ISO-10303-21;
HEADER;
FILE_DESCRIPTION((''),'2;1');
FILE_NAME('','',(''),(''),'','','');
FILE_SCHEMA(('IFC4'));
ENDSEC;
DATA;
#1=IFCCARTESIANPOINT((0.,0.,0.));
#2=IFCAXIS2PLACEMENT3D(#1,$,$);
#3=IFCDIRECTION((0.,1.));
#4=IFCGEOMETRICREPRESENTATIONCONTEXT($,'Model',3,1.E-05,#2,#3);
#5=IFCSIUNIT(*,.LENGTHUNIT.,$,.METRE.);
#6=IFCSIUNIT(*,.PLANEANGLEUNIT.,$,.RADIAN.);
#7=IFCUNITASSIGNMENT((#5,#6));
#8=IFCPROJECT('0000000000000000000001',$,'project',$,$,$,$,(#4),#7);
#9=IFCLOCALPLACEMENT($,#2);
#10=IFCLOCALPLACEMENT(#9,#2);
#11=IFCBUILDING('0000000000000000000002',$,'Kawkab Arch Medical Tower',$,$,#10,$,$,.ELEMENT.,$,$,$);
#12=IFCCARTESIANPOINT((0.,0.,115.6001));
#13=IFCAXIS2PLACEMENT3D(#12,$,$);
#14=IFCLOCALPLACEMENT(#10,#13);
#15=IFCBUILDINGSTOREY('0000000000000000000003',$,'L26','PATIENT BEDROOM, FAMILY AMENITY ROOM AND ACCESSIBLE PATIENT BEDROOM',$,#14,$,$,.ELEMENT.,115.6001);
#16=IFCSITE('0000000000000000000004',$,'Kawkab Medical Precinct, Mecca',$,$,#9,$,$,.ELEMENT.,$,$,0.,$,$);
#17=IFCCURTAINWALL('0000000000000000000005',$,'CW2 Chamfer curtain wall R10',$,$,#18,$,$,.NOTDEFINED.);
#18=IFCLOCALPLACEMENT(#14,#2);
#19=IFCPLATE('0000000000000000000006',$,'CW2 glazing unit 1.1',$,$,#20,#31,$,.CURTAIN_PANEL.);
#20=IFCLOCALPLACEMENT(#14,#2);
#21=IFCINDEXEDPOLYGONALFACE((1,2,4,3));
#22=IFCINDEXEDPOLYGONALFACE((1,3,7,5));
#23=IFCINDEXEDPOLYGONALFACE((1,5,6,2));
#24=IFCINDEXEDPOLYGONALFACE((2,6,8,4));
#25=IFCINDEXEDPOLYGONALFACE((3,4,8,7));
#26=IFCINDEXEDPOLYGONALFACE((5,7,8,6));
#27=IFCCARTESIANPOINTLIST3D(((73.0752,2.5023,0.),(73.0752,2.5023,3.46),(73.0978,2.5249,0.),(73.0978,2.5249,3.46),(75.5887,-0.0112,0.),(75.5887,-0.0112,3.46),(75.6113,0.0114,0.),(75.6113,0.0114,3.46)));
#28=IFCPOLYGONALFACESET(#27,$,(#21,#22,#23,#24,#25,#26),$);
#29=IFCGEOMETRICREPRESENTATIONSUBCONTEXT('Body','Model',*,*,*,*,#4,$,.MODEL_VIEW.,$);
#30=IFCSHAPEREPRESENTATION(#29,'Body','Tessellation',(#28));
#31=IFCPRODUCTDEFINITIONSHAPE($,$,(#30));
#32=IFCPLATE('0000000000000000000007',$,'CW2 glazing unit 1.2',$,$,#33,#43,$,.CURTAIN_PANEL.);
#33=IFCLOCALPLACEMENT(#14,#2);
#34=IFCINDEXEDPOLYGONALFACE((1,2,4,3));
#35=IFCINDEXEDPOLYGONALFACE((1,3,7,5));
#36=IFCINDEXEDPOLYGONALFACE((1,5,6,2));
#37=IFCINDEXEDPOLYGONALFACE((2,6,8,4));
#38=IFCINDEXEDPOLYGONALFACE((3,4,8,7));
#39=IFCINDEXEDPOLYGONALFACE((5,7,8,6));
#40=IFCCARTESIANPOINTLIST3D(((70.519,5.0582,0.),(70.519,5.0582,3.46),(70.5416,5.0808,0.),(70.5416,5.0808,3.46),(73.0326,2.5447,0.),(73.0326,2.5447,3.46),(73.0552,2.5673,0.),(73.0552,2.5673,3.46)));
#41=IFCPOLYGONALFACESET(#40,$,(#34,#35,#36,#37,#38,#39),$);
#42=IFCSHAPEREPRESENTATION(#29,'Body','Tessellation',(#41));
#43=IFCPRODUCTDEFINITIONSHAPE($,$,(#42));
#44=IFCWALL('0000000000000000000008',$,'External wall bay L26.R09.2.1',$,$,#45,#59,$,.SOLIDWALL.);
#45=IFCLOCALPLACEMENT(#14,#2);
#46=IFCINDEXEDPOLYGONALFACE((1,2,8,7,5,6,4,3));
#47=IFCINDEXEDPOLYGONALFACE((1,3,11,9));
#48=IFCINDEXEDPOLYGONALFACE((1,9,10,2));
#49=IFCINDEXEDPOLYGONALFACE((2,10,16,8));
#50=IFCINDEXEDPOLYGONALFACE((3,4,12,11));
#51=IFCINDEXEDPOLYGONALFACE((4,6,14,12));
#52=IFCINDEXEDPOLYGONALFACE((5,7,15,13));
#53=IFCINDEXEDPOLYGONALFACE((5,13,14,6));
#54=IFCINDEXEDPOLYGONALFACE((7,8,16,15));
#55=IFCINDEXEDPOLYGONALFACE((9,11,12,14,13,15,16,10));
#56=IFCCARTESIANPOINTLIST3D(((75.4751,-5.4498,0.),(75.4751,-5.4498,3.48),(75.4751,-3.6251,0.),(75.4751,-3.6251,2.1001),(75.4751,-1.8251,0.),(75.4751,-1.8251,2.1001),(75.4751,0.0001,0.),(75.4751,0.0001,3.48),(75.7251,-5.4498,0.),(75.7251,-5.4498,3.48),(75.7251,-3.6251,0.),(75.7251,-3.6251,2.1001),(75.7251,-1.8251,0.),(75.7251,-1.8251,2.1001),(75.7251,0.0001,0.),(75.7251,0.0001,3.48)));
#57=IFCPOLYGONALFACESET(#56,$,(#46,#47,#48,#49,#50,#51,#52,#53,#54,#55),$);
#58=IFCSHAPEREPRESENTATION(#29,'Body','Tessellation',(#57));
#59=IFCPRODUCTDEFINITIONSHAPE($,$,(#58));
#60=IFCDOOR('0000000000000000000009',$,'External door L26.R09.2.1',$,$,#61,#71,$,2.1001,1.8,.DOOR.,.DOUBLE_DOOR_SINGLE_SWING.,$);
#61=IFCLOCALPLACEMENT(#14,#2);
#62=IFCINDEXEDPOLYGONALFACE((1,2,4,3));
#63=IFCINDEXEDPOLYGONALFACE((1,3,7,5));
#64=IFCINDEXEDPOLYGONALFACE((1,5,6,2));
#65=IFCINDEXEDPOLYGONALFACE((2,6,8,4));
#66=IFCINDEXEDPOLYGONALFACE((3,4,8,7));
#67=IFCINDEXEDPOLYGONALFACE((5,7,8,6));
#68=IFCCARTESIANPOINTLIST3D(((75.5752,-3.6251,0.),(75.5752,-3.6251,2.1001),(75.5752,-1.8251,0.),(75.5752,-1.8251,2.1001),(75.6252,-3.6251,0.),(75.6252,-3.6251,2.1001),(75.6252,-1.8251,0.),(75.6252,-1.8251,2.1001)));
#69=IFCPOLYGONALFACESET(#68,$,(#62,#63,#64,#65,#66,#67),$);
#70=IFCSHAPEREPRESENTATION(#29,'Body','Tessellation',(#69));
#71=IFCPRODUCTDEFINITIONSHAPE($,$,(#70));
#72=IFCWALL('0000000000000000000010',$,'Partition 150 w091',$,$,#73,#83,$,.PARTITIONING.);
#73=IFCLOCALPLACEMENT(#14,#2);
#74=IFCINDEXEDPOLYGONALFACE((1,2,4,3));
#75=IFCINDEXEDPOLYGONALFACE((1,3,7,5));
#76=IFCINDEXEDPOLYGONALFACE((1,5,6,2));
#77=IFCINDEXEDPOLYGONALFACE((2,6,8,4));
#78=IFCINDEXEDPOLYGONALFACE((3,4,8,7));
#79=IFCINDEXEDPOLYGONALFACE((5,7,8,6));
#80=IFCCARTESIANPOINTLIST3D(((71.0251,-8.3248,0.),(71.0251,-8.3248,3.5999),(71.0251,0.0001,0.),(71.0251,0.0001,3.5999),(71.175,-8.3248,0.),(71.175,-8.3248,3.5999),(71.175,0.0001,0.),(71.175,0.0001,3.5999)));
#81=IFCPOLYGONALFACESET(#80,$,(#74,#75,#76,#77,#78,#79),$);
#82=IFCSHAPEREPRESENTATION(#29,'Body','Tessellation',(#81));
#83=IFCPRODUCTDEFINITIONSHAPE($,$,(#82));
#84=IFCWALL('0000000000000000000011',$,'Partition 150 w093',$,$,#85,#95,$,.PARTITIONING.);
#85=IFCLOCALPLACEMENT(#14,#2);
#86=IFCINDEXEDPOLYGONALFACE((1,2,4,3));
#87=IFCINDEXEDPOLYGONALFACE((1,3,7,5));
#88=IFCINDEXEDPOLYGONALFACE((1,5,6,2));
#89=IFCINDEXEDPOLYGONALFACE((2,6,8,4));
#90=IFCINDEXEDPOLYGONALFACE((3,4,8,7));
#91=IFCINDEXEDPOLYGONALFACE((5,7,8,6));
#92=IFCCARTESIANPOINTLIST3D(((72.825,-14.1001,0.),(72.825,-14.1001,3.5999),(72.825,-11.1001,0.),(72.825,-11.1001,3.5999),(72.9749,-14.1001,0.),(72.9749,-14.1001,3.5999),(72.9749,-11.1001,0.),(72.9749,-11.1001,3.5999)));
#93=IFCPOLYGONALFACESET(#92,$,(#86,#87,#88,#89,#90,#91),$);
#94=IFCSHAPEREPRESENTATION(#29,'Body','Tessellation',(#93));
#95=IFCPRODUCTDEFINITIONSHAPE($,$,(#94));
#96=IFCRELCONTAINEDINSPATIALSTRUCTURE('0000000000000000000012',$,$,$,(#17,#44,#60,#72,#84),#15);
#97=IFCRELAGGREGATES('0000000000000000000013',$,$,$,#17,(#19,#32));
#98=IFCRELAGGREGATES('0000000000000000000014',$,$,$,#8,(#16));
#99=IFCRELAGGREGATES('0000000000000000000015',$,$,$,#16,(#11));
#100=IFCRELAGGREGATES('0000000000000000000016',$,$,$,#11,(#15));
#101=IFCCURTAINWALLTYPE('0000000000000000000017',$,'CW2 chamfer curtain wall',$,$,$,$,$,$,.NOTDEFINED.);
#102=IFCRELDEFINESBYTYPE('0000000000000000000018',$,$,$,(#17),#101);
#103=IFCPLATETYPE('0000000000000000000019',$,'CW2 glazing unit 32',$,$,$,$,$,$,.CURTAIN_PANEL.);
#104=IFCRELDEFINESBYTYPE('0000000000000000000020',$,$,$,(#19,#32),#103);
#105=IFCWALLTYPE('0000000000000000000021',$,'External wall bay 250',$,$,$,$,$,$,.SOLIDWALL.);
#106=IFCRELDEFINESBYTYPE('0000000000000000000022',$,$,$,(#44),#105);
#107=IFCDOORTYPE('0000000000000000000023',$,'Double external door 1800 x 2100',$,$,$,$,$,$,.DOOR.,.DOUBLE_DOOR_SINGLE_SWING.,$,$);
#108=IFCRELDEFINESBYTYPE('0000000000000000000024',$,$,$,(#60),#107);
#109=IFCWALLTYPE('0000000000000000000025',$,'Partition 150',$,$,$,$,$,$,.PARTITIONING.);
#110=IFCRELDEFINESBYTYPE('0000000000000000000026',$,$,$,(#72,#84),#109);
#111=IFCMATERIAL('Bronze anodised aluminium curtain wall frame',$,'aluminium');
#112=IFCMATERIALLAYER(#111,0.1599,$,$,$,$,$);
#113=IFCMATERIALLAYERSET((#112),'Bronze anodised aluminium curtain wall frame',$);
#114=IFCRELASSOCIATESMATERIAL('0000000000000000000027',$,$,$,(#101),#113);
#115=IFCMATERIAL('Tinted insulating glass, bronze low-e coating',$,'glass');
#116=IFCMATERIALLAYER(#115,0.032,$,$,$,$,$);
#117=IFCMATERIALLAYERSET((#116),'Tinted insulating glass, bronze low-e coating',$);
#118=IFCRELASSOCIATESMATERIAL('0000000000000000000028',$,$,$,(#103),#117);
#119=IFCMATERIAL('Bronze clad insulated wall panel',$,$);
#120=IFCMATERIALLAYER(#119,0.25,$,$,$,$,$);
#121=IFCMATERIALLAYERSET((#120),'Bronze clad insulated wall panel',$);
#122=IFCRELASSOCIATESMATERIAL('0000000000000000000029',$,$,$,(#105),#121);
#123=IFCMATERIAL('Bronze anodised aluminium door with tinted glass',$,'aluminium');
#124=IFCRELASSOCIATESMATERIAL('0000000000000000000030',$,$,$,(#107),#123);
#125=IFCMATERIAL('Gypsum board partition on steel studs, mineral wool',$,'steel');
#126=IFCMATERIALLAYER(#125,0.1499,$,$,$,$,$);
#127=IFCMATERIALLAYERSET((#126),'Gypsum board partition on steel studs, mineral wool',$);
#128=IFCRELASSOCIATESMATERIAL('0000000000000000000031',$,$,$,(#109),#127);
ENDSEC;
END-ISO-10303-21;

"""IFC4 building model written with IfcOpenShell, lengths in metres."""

from ifc_helpers import new_model, si_unit, direction, frame, frame_2d, origin, origin_2d, place, context, subcontext, project, spatial, rectangle, extrude, material, layer, layer_set, type_object, element, fill, aggregate, save


model = new_model("IFC4")

# Units and contexts
model_context = context("Model", 3, precision=1e-05, world=origin(), true_north=direction((0.0, 1.0)))
body_context = subcontext(model_context, "Body", "Model", "MODEL_VIEW")
ifc_project = project(units=[si_unit("LENGTHUNIT", "METRE"), si_unit("PLANEANGLEUNIT", "RADIAN")], contexts=[model_context])

# Site, building, storey
site_placement = place(None, origin())
site = spatial("IfcSite", under=ifc_project, at=site_placement, Name="Kawkab Medical Precinct, Mecca", CompositionType="ELEMENT", RefElevation=0.0)
building_placement = place(site_placement, origin())
building = spatial("IfcBuilding", under=site, at=building_placement, Name="Kawkab Arch Medical Tower", CompositionType="ELEMENT")
storey_placement = place(building_placement, frame((0.0, 0.0, 115.6001)))
storey = spatial("IfcBuildingStorey", under=building, at=storey_placement, Name="L26", Description="PATIENT BEDROOM, FAMILY AMENITY ROOM AND ACCESSIBLE PATIENT BEDROOM", CompositionType="ELEMENT", Elevation=115.6001)

# Shared definitions
placement = place(storey_placement, origin())

# Curtain wall
ifc_material_1 = material(Name="Bronze anodised aluminium curtain wall frame", Category="aluminium")
ifc_layer_1 = layer(ifc_material_1, 0.1599)
ifc_layer_set_1 = layer_set([ifc_layer_1], Name="Bronze anodised aluminium curtain wall frame")
curtain_wall_type_1 = type_object("IfcCurtainWallType", Name="CW2 chamfer curtain wall", PredefinedType="NOTDEFINED", material=ifc_layer_set_1)
curtain_wall_1 = element("IfcCurtainWall", 1, at=placement, inside=storey, type_object=curtain_wall_type_1, Name="CW2 Chamfer curtain wall R10", PredefinedType="NOTDEFINED")

# Plates
ifc_material_2 = material(Name="Tinted insulating glass, bronze low-e coating", Category="glass")
ifc_layer_2 = layer(ifc_material_2, 0.032)
ifc_layer_set_2 = layer_set([ifc_layer_2], Name="Tinted insulating glass, bronze low-e coating")
plate_type_1 = type_object("IfcPlateType", Name="CW2 glazing unit 32", PredefinedType="CURTAIN_PANEL", material=ifc_layer_set_2)
plate_1_placement = place(storey_placement, frame((74.3433, 1.2568, 0.0), z_axis=(0.0, 0.0, 1.0), x_axis=(-0.707107, 0.707107, 0.0)))
plate_1 = element("IfcPlate", 2, at=plate_1_placement, type_object=plate_type_1, Name="CW2 glazing unit 1.1", PredefinedType="CURTAIN_PANEL", context=body_context, shape_type="SweptSolid", body=[
    extrude(rectangle(XDim=3.5547, YDim=0.032, at=origin_2d()), origin(), (0.0, 0.0, 1.0), 3.46),
])
plate_2_placement = place(storey_placement, frame((71.7871, 3.8127, 0.0), z_axis=(0.0, 0.0, 1.0), x_axis=(-0.707107, 0.707107, 0.0)))
plate_2 = element("IfcPlate", 3, at=plate_2_placement, type_object=plate_type_1, Name="CW2 glazing unit 1.2", PredefinedType="CURTAIN_PANEL", context=body_context, shape_type="SweptSolid", body=[
    extrude(rectangle(XDim=3.5547, YDim=0.032, at=origin_2d()), origin(), (0.0, 0.0, 1.0), 3.46),
])
aggregate(curtain_wall_1, [plate_1, plate_2])

# Wall, opening, door
ifc_material_3 = material(Name="Bronze clad insulated wall panel")
ifc_layer_3 = layer(ifc_material_3, 0.25)
ifc_layer_set_3 = layer_set([ifc_layer_3], Name="Bronze clad insulated wall panel")
wall_type_1 = type_object("IfcWallType", Name="External wall bay 250", PredefinedType="SOLIDWALL", material=ifc_layer_set_3)
wall_1_placement = place(storey_placement, frame((75.6001, -5.45, 0.0), z_axis=(0.0, 0.0, 1.0), x_axis=(0.0, 1.0, 0.0)))
wall_1 = element("IfcWall", 4, at=wall_1_placement, inside=storey, type_object=wall_type_1, Name="External wall bay L26.R09.2.1", PredefinedType="SOLIDWALL", context=body_context, shape_type="SweptSolid", body=[
    extrude(rectangle(XDim=5.45, YDim=0.25, at=frame_2d((2.7251, 0.0))), origin(), (0.0, 0.0, 1.0), 3.48),
])
opening_placement = place(wall_1_placement, frame((1.825, 0.0, 0.0)))
opening = element("IfcOpeningElement", 5, at=opening_placement, cuts=wall_1, PredefinedType="OPENING", context=body_context, shape_type="SweptSolid", body=[
    extrude(rectangle(XDim=1.8, YDim=2.1001, at=frame_2d((0.8999, 1.05))), frame((0.0, 0.135, 0.0), z_axis=(0.0, -1.0, 0.0), x_axis=(1.0, 0.0, 0.0)), (0.0, 0.0, 1.0), 0.27),
])
ifc_material_4 = material(Name="Bronze anodised aluminium door with tinted glass", Category="aluminium")
door_type = type_object("IfcDoorType", Name="Double external door 1800 x 2100", OperationType="DOUBLE_DOOR_SINGLE_SWING", PredefinedType="DOOR", material=ifc_material_4)
door_placement = place(opening_placement, origin())
door = element("IfcDoor", 6, at=door_placement, inside=storey, type_object=door_type, Name="External door L26.R09.2.1", OperationType="DOUBLE_DOOR_SINGLE_SWING", OverallHeight=2.1001, OverallWidth=1.8, PredefinedType="DOOR", context=body_context, shape_type="SweptSolid", body=[
    extrude(rectangle(XDim=1.8, YDim=2.1001, at=frame_2d((0.8999, 1.05))), frame((0.0, 0.0249, 0.0), z_axis=(0.0, -1.0, 0.0), x_axis=(1.0, 0.0, 0.0)), (0.0, 0.0, 1.0), 0.05),
])
fill(opening, door)

# Walls
ifc_material_5 = material(Name="Gypsum board partition on steel studs, mineral wool", Category="steel")
ifc_layer_4 = layer(ifc_material_5, 0.1499)
ifc_layer_set_4 = layer_set([ifc_layer_4], Name="Gypsum board partition on steel studs, mineral wool")
wall_type_2 = type_object("IfcWallType", Name="Partition 150", PredefinedType="PARTITIONING", material=ifc_layer_set_4)
wall_2_placement = place(storey_placement, frame((71.1001, -8.325, 0.0), z_axis=(0.0, 0.0, 1.0), x_axis=(0.0, 1.0, 0.0)))
element("IfcWall", 7, at=wall_2_placement, inside=storey, type_object=wall_type_2, Name="Partition 150 w091", PredefinedType="PARTITIONING", context=body_context, shape_type="SweptSolid", body=[
    extrude(rectangle(XDim=8.325, YDim=0.1499, at=frame_2d((4.1626, 0.0))), origin(), (0.0, 0.0, 1.0), 3.5999),
])
wall_3_placement = place(storey_placement, frame((72.8999, -14.1001, 0.0), z_axis=(0.0, 0.0, 1.0), x_axis=(0.0, 1.0, 0.0)))
element("IfcWall", 8, at=wall_3_placement, inside=storey, type_object=wall_type_2, Name="Partition 150 w093", PredefinedType="PARTITIONING", context=body_context, shape_type="SweptSolid", body=[
    extrude(rectangle(XDim=3.0, YDim=0.1499, at=frame_2d((1.5, 0.0))), origin(), (0.0, 0.0, 1.0), 3.5999),
])

save(model, "model.ifc")
